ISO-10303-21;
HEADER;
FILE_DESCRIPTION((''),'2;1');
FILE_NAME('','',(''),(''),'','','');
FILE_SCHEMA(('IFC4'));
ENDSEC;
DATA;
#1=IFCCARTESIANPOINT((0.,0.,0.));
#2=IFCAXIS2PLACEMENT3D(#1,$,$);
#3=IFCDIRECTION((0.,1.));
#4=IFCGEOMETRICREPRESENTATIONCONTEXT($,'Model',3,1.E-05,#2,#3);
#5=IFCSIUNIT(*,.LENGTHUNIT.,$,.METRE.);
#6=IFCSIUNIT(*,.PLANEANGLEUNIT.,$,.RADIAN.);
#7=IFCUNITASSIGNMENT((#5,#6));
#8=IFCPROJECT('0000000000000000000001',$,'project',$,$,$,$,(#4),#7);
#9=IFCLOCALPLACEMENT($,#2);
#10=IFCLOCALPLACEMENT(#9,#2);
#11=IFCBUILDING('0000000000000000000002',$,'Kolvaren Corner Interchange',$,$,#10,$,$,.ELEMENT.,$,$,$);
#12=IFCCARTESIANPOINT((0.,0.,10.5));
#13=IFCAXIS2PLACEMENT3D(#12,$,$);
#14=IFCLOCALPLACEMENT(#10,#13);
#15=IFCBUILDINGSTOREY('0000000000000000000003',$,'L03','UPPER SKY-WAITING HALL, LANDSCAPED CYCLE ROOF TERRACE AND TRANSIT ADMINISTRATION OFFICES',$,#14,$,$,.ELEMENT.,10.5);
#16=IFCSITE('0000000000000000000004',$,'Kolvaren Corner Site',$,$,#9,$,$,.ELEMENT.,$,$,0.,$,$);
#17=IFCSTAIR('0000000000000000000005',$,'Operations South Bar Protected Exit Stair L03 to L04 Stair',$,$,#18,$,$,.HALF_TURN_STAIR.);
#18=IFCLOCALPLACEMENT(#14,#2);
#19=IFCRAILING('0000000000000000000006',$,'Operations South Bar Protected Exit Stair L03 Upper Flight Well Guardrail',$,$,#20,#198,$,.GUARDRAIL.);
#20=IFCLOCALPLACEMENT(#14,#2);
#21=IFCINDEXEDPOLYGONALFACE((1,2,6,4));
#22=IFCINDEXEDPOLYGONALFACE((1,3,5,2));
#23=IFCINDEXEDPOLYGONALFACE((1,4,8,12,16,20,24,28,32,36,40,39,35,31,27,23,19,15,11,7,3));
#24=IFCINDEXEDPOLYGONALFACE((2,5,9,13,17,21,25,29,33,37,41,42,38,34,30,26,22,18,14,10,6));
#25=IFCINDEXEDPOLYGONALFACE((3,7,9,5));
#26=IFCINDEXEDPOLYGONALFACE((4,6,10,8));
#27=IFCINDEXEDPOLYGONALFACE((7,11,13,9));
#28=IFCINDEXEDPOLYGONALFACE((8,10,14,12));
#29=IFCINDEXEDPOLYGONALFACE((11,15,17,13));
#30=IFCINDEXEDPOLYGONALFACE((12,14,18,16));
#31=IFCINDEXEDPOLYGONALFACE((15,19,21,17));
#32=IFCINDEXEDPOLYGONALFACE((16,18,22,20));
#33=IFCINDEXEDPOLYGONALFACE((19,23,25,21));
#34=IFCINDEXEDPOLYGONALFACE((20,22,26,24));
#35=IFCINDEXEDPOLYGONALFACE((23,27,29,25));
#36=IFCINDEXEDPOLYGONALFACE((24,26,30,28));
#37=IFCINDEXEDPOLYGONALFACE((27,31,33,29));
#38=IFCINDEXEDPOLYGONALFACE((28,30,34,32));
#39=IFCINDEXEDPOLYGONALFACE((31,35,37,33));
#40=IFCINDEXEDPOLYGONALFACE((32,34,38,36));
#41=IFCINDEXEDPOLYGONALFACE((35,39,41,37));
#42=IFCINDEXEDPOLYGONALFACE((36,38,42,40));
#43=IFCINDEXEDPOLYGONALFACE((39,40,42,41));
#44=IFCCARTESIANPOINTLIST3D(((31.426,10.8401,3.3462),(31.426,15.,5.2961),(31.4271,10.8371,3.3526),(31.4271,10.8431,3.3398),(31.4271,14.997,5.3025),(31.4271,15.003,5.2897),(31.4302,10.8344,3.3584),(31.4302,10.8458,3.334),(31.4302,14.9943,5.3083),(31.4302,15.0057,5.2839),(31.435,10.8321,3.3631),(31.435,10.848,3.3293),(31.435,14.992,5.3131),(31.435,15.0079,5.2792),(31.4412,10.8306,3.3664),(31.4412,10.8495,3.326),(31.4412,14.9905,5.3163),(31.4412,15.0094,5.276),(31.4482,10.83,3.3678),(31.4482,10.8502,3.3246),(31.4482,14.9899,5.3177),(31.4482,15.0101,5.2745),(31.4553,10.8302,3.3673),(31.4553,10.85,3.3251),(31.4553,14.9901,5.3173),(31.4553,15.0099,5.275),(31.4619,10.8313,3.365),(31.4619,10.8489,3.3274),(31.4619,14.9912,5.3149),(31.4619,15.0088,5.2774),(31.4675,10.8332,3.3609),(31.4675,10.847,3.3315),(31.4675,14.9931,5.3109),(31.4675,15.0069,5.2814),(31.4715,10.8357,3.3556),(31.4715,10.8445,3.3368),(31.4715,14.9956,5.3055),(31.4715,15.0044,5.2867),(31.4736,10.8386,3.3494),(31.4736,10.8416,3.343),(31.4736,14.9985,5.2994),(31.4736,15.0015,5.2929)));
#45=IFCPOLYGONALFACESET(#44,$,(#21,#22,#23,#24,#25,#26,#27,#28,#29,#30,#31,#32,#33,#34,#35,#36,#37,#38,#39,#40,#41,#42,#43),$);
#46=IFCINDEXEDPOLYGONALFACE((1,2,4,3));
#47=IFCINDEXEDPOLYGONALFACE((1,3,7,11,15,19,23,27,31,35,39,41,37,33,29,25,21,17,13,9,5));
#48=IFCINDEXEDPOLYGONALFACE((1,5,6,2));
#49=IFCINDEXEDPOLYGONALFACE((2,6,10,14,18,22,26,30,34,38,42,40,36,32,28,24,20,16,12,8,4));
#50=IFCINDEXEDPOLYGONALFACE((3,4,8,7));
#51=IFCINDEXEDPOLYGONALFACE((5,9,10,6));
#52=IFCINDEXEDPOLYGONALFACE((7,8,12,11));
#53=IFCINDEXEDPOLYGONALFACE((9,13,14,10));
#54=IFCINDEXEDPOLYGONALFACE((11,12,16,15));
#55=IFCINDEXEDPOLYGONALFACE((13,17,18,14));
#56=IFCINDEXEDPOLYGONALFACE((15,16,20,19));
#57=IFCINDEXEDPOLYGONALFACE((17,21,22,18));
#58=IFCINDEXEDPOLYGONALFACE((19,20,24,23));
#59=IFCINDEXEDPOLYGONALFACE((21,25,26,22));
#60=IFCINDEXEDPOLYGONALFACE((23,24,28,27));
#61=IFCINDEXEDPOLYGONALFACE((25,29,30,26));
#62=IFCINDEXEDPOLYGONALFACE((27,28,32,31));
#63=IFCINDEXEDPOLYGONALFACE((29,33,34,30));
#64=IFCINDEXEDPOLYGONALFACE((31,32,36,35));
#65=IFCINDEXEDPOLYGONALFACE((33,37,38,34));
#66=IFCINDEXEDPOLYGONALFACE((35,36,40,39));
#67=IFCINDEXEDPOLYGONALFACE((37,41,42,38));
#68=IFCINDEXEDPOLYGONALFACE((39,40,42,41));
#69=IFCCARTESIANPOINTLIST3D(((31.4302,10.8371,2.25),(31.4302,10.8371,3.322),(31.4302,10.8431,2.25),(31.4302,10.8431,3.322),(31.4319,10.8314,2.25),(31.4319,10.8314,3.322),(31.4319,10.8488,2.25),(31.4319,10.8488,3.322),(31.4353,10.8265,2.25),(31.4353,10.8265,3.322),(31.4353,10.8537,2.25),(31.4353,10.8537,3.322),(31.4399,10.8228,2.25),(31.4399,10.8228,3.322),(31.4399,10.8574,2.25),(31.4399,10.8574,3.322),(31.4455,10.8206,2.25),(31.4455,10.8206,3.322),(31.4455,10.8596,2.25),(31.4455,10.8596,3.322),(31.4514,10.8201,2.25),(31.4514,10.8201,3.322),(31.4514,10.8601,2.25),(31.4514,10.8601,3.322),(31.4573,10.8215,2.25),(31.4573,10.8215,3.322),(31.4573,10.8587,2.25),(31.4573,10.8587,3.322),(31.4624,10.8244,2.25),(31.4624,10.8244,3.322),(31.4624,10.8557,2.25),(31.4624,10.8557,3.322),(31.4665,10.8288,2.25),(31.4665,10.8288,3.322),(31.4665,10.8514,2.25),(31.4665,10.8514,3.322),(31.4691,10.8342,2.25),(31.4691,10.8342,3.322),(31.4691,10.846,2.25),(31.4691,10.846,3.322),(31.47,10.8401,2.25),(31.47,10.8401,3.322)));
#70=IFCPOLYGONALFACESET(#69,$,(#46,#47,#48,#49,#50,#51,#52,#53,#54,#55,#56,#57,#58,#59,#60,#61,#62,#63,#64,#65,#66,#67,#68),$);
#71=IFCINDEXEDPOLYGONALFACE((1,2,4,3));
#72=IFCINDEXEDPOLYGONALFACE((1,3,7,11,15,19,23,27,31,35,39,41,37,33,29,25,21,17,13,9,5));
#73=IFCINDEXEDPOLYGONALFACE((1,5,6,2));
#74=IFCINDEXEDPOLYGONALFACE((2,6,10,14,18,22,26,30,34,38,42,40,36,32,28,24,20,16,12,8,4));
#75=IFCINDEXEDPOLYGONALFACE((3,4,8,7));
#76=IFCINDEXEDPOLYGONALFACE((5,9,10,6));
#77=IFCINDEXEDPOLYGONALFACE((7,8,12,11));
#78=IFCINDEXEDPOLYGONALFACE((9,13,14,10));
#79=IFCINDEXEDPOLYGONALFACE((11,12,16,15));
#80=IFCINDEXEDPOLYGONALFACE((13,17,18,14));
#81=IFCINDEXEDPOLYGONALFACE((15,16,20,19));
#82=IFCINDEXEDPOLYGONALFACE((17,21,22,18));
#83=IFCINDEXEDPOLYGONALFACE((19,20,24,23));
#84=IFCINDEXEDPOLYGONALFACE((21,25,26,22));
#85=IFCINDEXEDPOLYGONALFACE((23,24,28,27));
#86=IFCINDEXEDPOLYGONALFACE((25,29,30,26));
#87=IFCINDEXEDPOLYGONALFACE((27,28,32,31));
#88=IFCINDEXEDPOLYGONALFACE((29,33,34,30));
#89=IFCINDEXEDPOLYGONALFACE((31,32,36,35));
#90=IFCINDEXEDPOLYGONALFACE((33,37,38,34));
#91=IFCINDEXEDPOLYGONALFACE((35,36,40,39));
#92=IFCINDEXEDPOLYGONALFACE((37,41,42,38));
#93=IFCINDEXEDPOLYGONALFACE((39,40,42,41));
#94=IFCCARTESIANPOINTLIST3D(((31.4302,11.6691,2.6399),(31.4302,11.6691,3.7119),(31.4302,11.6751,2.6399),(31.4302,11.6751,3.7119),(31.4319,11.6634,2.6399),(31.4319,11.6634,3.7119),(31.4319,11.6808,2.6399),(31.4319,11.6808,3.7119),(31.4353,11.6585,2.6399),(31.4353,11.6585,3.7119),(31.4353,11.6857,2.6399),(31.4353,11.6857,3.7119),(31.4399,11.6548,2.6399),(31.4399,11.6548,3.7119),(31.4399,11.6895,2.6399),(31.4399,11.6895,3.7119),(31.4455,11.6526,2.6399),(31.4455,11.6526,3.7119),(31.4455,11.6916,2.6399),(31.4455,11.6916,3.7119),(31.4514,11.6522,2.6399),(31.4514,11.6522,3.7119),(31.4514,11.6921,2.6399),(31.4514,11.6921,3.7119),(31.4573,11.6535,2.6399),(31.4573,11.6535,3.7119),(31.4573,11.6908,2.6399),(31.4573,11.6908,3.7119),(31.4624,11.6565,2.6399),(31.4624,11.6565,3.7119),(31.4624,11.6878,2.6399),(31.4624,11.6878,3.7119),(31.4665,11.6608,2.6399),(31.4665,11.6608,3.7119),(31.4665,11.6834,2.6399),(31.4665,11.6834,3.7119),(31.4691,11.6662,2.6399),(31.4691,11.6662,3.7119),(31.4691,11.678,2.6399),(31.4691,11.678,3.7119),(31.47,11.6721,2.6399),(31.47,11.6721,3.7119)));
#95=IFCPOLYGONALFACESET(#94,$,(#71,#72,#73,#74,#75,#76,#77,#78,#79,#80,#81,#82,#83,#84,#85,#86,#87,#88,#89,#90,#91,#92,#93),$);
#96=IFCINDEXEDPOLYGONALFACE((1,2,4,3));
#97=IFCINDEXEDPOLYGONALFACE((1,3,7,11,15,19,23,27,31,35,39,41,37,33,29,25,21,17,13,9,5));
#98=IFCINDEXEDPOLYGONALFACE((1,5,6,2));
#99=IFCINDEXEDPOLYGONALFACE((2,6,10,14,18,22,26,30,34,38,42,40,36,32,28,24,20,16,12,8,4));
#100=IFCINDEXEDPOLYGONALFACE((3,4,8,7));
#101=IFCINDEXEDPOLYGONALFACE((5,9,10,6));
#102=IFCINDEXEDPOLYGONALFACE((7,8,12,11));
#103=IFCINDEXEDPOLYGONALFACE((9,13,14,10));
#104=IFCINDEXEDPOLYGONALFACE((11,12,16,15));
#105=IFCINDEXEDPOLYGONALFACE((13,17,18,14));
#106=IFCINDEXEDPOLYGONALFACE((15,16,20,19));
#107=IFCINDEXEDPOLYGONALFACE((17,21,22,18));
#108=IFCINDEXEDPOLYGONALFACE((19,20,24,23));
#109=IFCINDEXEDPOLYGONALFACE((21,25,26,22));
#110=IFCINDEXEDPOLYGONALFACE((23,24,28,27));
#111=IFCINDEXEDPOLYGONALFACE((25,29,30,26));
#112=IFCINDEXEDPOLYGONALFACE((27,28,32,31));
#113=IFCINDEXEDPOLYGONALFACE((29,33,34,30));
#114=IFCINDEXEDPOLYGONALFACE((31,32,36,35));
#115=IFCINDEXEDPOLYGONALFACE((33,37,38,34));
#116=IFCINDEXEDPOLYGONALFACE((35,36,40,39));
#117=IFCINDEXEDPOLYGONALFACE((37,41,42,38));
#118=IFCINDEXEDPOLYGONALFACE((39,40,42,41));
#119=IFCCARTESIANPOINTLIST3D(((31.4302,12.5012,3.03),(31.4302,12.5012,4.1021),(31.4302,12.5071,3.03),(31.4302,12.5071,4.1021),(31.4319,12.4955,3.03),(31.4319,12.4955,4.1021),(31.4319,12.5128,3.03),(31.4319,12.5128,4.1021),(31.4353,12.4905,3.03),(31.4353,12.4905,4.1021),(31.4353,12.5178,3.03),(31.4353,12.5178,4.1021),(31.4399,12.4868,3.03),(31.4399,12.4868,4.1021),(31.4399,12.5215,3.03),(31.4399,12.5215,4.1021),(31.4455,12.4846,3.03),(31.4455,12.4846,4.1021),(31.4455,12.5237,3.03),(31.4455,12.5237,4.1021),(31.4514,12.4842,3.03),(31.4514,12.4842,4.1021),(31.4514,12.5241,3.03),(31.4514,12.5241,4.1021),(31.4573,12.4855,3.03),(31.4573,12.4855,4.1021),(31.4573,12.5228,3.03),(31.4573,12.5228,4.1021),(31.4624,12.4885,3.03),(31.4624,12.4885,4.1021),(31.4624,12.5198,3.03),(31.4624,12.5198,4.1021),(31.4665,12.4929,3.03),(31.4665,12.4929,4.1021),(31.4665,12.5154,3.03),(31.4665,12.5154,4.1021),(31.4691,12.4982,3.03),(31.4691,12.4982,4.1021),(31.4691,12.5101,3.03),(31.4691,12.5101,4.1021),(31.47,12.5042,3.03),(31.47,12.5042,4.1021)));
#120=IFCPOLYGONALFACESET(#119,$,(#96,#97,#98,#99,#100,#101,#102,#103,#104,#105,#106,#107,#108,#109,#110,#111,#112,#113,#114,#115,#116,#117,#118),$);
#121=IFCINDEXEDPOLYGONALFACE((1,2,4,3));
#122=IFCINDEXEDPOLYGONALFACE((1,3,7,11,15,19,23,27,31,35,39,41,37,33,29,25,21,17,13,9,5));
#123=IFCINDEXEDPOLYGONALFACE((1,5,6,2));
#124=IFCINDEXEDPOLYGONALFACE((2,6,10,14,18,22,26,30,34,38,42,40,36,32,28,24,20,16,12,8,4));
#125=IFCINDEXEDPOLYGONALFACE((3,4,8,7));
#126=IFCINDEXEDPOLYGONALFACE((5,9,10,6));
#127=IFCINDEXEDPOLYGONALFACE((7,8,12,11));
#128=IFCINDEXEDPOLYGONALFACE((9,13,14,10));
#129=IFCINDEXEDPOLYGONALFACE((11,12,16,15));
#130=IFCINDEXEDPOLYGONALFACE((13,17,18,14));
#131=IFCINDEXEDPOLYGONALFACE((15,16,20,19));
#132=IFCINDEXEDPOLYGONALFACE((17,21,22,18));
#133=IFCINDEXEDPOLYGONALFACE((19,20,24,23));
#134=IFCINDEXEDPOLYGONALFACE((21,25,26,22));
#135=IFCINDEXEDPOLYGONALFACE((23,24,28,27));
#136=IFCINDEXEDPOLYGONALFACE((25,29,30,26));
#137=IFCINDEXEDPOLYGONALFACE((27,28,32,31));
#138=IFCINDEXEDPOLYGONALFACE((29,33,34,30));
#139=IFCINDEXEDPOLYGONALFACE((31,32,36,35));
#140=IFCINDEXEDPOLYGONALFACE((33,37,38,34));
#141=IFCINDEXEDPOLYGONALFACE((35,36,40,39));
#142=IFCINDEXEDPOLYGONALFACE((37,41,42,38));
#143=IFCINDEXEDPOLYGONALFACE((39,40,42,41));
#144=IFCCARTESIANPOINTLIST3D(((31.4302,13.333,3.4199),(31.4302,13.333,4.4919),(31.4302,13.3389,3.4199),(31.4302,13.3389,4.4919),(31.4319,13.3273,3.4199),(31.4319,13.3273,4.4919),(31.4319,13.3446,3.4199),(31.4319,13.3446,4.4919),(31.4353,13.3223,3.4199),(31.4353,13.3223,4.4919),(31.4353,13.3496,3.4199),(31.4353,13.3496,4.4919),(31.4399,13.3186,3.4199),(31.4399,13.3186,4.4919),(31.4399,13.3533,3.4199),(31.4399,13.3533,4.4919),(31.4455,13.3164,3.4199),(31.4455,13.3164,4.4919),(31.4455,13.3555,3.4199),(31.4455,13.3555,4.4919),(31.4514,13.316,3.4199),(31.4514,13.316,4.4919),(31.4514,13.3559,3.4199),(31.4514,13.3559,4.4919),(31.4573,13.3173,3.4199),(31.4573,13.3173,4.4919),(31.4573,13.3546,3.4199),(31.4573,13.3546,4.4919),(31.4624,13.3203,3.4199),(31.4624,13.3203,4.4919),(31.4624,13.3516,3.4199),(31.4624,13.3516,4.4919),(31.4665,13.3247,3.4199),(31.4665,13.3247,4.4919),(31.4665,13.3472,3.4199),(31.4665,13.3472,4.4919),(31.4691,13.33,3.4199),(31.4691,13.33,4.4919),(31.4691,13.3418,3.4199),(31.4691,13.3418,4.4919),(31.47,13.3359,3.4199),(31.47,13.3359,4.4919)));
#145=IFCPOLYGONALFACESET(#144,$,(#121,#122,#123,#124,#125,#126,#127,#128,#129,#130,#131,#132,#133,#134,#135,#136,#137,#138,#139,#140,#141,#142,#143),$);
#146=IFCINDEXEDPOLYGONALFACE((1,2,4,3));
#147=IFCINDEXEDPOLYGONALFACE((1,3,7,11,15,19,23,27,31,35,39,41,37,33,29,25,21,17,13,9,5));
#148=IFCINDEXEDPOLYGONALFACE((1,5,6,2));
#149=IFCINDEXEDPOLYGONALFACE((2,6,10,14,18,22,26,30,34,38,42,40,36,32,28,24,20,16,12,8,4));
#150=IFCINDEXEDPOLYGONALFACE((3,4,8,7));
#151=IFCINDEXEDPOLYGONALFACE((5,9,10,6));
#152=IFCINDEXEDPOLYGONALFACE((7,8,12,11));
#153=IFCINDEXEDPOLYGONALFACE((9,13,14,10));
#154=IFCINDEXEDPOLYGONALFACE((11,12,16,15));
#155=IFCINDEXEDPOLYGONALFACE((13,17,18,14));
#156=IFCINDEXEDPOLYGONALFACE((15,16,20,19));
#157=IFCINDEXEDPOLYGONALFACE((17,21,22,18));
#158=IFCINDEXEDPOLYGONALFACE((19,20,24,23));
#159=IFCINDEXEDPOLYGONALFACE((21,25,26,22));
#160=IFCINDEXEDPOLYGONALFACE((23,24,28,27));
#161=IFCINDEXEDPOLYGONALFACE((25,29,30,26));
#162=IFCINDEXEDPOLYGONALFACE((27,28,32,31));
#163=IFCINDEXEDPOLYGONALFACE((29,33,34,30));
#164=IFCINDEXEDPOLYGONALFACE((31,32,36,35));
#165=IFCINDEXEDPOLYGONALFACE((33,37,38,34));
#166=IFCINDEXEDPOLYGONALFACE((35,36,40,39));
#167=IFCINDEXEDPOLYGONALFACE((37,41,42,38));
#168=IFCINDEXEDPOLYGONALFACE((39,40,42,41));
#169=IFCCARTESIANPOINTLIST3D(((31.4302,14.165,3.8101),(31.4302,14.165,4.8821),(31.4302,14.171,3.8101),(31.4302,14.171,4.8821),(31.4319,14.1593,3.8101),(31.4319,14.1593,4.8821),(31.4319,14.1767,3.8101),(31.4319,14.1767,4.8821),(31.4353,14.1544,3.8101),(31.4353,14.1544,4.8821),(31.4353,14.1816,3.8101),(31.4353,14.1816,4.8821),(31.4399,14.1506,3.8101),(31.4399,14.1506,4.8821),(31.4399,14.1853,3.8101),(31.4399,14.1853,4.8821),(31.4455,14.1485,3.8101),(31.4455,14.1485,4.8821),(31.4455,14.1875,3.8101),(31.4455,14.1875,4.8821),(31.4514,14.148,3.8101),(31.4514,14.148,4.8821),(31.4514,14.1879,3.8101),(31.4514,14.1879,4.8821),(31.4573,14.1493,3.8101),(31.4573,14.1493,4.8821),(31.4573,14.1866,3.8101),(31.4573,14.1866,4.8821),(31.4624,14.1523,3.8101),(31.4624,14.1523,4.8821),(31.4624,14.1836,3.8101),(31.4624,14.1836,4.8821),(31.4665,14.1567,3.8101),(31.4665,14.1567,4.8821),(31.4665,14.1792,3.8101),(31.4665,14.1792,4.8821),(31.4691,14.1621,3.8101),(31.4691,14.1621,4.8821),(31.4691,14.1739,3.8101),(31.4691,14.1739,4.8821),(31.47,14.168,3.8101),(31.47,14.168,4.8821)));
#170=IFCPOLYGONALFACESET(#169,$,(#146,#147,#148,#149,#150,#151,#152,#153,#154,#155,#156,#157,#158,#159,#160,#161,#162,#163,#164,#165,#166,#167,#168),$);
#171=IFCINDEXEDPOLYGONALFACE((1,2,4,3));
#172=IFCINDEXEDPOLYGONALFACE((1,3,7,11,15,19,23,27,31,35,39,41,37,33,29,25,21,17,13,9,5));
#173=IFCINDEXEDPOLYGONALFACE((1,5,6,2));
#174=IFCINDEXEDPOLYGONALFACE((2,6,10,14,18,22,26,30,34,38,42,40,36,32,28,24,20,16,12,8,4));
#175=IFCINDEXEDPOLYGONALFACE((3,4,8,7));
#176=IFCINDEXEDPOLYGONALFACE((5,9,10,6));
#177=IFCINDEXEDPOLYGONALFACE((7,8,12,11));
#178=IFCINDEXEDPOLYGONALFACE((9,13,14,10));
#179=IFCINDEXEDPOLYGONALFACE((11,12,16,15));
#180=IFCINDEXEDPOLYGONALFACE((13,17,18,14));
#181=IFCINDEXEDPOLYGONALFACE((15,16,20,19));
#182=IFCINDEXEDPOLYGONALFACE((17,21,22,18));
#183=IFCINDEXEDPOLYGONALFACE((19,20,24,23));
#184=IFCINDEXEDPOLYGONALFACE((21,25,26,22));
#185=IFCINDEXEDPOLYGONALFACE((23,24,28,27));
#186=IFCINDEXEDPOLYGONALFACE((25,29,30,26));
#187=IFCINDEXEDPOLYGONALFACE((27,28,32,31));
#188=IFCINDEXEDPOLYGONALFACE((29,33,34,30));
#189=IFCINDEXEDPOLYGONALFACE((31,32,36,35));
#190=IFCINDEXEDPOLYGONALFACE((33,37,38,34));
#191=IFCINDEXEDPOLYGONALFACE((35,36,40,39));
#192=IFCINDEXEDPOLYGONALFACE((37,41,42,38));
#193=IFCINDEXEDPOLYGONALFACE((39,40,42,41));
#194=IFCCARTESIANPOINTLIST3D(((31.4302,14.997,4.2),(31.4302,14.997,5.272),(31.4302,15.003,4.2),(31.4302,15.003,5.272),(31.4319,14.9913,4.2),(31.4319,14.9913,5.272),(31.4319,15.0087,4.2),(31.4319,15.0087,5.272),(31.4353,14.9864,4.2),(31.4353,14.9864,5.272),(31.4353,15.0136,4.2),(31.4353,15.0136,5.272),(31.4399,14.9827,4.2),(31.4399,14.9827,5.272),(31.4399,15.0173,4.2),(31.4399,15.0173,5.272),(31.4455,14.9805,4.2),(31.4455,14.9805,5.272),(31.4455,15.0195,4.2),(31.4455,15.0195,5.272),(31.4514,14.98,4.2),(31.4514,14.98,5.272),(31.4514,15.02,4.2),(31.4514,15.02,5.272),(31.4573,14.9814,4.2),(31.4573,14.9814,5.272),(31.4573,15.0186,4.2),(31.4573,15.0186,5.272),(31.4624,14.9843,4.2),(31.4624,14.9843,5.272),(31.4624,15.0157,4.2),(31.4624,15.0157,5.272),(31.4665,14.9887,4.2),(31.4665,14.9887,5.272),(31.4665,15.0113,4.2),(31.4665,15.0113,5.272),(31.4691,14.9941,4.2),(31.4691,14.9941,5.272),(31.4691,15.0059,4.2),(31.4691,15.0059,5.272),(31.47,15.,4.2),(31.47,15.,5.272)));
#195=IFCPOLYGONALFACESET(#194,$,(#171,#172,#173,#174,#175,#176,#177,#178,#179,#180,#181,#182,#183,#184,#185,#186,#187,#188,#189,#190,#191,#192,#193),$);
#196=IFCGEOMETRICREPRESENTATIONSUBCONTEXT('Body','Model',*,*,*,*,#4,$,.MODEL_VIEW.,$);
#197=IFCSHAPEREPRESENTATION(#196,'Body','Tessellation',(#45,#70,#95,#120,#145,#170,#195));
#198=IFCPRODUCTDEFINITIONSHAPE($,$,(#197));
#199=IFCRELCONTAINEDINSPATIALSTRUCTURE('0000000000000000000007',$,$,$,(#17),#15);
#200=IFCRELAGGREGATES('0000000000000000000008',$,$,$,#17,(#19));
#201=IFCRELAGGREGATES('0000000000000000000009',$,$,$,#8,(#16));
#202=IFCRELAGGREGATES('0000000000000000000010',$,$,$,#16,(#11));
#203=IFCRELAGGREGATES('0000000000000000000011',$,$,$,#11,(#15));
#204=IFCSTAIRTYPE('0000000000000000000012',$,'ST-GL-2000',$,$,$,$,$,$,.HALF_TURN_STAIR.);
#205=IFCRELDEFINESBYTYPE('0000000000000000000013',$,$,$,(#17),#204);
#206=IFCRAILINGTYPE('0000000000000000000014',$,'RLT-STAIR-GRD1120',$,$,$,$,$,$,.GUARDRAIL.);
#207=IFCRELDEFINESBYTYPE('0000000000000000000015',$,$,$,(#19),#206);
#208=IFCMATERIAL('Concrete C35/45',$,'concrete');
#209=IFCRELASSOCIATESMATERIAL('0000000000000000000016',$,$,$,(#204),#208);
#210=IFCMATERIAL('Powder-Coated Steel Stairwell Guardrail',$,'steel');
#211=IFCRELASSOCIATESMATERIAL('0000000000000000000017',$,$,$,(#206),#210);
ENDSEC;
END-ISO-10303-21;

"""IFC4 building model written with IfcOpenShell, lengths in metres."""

from ifc_helpers import new_model, si_unit, direction, frame, origin, origin_2d, place, context, subcontext, project, spatial, circle, extrude, material, type_object, element, aggregate, save


model = new_model("IFC4")

# Units and contexts
model_context = context("Model", 3, precision=1e-05, world=origin(), true_north=direction((0.0, 1.0)))
body_context = subcontext(model_context, "Body", "Model", "MODEL_VIEW")
ifc_project = project(units=[si_unit("LENGTHUNIT", "METRE"), si_unit("PLANEANGLEUNIT", "RADIAN")], contexts=[model_context])

# Site, building, storey
site_placement = place(None, origin())
site = spatial("IfcSite", under=ifc_project, at=site_placement, Name="Kolvaren Corner Site", CompositionType="ELEMENT", RefElevation=0.0)
building_placement = place(site_placement, origin())
building = spatial("IfcBuilding", under=site, at=building_placement, Name="Kolvaren Corner Interchange", CompositionType="ELEMENT")
storey_placement = place(building_placement, frame((0.0, 0.0, 10.5)))
storey = spatial("IfcBuildingStorey", under=building, at=storey_placement, Name="L03", Description="UPPER SKY-WAITING HALL, LANDSCAPED CYCLE ROOF TERRACE AND TRANSIT ADMINISTRATION OFFICES", CompositionType="ELEMENT", Elevation=10.5)

# Stair
ifc_material_1 = material(Name="Concrete C35/45", Category="concrete")
stair_type = type_object("IfcStairType", Name="ST-GL-2000", PredefinedType="HALF_TURN_STAIR", material=ifc_material_1)
stair_placement = place(storey_placement, origin())
stair = element("IfcStair", 1, at=stair_placement, inside=storey, type_object=stair_type, Name="Operations South Bar Protected Exit Stair L03 to L04 Stair", PredefinedType="HALF_TURN_STAIR")

# Railing
ifc_material_2 = material(Name="Powder-Coated Steel Stairwell Guardrail", Category="steel")
railing_type_1 = type_object("IfcRailingType", Name="RLT-STAIR-GRD1120", PredefinedType="GUARDRAIL", material=ifc_material_2)
railing_1_placement = place(storey_placement, frame((31.45, 10.8401, 2.25)))
railing_1 = element("IfcRailing", 2, at=railing_1_placement, type_object=railing_type_1, Name="Operations South Bar Protected Exit Stair L03 Upper Flight Well Guardrail", PredefinedType="GUARDRAIL", context=body_context, shape_type="SweptSolid", body=[
    extrude(circle(Radius=0.0239, at=origin_2d()), frame((0.0, 0.0, 1.0962), z_axis=(0.0, 0.90546, 0.424433), x_axis=(-1.0, 0.0, 0.0)), (0.0, 0.0, 1.0), 4.5942),
    extrude(circle(Radius=0.02, at=origin_2d()), origin(), (0.0, 0.0, 1.0), 1.072),
    extrude(circle(Radius=0.02, at=origin_2d()), frame((0.0, 0.832, 0.3899)), (0.0, 0.0, 1.0), 1.072),
    extrude(circle(Radius=0.02, at=origin_2d()), frame((0.0, 1.6641, 0.78)), (0.0, 0.0, 1.0), 1.072),
    extrude(circle(Radius=0.02, at=origin_2d()), frame((0.0, 2.4958, 1.1699)), (0.0, 0.0, 1.0), 1.072),
    extrude(circle(Radius=0.02, at=origin_2d()), frame((0.0, 3.3279, 1.5601)), (0.0, 0.0, 1.0), 1.072),
    extrude(circle(Radius=0.02, at=origin_2d()), frame((0.0, 4.1599, 1.95)), (0.0, 0.0, 1.0), 1.072),
])
aggregate(stair, [railing_1])

save(model, "model.ifc")
